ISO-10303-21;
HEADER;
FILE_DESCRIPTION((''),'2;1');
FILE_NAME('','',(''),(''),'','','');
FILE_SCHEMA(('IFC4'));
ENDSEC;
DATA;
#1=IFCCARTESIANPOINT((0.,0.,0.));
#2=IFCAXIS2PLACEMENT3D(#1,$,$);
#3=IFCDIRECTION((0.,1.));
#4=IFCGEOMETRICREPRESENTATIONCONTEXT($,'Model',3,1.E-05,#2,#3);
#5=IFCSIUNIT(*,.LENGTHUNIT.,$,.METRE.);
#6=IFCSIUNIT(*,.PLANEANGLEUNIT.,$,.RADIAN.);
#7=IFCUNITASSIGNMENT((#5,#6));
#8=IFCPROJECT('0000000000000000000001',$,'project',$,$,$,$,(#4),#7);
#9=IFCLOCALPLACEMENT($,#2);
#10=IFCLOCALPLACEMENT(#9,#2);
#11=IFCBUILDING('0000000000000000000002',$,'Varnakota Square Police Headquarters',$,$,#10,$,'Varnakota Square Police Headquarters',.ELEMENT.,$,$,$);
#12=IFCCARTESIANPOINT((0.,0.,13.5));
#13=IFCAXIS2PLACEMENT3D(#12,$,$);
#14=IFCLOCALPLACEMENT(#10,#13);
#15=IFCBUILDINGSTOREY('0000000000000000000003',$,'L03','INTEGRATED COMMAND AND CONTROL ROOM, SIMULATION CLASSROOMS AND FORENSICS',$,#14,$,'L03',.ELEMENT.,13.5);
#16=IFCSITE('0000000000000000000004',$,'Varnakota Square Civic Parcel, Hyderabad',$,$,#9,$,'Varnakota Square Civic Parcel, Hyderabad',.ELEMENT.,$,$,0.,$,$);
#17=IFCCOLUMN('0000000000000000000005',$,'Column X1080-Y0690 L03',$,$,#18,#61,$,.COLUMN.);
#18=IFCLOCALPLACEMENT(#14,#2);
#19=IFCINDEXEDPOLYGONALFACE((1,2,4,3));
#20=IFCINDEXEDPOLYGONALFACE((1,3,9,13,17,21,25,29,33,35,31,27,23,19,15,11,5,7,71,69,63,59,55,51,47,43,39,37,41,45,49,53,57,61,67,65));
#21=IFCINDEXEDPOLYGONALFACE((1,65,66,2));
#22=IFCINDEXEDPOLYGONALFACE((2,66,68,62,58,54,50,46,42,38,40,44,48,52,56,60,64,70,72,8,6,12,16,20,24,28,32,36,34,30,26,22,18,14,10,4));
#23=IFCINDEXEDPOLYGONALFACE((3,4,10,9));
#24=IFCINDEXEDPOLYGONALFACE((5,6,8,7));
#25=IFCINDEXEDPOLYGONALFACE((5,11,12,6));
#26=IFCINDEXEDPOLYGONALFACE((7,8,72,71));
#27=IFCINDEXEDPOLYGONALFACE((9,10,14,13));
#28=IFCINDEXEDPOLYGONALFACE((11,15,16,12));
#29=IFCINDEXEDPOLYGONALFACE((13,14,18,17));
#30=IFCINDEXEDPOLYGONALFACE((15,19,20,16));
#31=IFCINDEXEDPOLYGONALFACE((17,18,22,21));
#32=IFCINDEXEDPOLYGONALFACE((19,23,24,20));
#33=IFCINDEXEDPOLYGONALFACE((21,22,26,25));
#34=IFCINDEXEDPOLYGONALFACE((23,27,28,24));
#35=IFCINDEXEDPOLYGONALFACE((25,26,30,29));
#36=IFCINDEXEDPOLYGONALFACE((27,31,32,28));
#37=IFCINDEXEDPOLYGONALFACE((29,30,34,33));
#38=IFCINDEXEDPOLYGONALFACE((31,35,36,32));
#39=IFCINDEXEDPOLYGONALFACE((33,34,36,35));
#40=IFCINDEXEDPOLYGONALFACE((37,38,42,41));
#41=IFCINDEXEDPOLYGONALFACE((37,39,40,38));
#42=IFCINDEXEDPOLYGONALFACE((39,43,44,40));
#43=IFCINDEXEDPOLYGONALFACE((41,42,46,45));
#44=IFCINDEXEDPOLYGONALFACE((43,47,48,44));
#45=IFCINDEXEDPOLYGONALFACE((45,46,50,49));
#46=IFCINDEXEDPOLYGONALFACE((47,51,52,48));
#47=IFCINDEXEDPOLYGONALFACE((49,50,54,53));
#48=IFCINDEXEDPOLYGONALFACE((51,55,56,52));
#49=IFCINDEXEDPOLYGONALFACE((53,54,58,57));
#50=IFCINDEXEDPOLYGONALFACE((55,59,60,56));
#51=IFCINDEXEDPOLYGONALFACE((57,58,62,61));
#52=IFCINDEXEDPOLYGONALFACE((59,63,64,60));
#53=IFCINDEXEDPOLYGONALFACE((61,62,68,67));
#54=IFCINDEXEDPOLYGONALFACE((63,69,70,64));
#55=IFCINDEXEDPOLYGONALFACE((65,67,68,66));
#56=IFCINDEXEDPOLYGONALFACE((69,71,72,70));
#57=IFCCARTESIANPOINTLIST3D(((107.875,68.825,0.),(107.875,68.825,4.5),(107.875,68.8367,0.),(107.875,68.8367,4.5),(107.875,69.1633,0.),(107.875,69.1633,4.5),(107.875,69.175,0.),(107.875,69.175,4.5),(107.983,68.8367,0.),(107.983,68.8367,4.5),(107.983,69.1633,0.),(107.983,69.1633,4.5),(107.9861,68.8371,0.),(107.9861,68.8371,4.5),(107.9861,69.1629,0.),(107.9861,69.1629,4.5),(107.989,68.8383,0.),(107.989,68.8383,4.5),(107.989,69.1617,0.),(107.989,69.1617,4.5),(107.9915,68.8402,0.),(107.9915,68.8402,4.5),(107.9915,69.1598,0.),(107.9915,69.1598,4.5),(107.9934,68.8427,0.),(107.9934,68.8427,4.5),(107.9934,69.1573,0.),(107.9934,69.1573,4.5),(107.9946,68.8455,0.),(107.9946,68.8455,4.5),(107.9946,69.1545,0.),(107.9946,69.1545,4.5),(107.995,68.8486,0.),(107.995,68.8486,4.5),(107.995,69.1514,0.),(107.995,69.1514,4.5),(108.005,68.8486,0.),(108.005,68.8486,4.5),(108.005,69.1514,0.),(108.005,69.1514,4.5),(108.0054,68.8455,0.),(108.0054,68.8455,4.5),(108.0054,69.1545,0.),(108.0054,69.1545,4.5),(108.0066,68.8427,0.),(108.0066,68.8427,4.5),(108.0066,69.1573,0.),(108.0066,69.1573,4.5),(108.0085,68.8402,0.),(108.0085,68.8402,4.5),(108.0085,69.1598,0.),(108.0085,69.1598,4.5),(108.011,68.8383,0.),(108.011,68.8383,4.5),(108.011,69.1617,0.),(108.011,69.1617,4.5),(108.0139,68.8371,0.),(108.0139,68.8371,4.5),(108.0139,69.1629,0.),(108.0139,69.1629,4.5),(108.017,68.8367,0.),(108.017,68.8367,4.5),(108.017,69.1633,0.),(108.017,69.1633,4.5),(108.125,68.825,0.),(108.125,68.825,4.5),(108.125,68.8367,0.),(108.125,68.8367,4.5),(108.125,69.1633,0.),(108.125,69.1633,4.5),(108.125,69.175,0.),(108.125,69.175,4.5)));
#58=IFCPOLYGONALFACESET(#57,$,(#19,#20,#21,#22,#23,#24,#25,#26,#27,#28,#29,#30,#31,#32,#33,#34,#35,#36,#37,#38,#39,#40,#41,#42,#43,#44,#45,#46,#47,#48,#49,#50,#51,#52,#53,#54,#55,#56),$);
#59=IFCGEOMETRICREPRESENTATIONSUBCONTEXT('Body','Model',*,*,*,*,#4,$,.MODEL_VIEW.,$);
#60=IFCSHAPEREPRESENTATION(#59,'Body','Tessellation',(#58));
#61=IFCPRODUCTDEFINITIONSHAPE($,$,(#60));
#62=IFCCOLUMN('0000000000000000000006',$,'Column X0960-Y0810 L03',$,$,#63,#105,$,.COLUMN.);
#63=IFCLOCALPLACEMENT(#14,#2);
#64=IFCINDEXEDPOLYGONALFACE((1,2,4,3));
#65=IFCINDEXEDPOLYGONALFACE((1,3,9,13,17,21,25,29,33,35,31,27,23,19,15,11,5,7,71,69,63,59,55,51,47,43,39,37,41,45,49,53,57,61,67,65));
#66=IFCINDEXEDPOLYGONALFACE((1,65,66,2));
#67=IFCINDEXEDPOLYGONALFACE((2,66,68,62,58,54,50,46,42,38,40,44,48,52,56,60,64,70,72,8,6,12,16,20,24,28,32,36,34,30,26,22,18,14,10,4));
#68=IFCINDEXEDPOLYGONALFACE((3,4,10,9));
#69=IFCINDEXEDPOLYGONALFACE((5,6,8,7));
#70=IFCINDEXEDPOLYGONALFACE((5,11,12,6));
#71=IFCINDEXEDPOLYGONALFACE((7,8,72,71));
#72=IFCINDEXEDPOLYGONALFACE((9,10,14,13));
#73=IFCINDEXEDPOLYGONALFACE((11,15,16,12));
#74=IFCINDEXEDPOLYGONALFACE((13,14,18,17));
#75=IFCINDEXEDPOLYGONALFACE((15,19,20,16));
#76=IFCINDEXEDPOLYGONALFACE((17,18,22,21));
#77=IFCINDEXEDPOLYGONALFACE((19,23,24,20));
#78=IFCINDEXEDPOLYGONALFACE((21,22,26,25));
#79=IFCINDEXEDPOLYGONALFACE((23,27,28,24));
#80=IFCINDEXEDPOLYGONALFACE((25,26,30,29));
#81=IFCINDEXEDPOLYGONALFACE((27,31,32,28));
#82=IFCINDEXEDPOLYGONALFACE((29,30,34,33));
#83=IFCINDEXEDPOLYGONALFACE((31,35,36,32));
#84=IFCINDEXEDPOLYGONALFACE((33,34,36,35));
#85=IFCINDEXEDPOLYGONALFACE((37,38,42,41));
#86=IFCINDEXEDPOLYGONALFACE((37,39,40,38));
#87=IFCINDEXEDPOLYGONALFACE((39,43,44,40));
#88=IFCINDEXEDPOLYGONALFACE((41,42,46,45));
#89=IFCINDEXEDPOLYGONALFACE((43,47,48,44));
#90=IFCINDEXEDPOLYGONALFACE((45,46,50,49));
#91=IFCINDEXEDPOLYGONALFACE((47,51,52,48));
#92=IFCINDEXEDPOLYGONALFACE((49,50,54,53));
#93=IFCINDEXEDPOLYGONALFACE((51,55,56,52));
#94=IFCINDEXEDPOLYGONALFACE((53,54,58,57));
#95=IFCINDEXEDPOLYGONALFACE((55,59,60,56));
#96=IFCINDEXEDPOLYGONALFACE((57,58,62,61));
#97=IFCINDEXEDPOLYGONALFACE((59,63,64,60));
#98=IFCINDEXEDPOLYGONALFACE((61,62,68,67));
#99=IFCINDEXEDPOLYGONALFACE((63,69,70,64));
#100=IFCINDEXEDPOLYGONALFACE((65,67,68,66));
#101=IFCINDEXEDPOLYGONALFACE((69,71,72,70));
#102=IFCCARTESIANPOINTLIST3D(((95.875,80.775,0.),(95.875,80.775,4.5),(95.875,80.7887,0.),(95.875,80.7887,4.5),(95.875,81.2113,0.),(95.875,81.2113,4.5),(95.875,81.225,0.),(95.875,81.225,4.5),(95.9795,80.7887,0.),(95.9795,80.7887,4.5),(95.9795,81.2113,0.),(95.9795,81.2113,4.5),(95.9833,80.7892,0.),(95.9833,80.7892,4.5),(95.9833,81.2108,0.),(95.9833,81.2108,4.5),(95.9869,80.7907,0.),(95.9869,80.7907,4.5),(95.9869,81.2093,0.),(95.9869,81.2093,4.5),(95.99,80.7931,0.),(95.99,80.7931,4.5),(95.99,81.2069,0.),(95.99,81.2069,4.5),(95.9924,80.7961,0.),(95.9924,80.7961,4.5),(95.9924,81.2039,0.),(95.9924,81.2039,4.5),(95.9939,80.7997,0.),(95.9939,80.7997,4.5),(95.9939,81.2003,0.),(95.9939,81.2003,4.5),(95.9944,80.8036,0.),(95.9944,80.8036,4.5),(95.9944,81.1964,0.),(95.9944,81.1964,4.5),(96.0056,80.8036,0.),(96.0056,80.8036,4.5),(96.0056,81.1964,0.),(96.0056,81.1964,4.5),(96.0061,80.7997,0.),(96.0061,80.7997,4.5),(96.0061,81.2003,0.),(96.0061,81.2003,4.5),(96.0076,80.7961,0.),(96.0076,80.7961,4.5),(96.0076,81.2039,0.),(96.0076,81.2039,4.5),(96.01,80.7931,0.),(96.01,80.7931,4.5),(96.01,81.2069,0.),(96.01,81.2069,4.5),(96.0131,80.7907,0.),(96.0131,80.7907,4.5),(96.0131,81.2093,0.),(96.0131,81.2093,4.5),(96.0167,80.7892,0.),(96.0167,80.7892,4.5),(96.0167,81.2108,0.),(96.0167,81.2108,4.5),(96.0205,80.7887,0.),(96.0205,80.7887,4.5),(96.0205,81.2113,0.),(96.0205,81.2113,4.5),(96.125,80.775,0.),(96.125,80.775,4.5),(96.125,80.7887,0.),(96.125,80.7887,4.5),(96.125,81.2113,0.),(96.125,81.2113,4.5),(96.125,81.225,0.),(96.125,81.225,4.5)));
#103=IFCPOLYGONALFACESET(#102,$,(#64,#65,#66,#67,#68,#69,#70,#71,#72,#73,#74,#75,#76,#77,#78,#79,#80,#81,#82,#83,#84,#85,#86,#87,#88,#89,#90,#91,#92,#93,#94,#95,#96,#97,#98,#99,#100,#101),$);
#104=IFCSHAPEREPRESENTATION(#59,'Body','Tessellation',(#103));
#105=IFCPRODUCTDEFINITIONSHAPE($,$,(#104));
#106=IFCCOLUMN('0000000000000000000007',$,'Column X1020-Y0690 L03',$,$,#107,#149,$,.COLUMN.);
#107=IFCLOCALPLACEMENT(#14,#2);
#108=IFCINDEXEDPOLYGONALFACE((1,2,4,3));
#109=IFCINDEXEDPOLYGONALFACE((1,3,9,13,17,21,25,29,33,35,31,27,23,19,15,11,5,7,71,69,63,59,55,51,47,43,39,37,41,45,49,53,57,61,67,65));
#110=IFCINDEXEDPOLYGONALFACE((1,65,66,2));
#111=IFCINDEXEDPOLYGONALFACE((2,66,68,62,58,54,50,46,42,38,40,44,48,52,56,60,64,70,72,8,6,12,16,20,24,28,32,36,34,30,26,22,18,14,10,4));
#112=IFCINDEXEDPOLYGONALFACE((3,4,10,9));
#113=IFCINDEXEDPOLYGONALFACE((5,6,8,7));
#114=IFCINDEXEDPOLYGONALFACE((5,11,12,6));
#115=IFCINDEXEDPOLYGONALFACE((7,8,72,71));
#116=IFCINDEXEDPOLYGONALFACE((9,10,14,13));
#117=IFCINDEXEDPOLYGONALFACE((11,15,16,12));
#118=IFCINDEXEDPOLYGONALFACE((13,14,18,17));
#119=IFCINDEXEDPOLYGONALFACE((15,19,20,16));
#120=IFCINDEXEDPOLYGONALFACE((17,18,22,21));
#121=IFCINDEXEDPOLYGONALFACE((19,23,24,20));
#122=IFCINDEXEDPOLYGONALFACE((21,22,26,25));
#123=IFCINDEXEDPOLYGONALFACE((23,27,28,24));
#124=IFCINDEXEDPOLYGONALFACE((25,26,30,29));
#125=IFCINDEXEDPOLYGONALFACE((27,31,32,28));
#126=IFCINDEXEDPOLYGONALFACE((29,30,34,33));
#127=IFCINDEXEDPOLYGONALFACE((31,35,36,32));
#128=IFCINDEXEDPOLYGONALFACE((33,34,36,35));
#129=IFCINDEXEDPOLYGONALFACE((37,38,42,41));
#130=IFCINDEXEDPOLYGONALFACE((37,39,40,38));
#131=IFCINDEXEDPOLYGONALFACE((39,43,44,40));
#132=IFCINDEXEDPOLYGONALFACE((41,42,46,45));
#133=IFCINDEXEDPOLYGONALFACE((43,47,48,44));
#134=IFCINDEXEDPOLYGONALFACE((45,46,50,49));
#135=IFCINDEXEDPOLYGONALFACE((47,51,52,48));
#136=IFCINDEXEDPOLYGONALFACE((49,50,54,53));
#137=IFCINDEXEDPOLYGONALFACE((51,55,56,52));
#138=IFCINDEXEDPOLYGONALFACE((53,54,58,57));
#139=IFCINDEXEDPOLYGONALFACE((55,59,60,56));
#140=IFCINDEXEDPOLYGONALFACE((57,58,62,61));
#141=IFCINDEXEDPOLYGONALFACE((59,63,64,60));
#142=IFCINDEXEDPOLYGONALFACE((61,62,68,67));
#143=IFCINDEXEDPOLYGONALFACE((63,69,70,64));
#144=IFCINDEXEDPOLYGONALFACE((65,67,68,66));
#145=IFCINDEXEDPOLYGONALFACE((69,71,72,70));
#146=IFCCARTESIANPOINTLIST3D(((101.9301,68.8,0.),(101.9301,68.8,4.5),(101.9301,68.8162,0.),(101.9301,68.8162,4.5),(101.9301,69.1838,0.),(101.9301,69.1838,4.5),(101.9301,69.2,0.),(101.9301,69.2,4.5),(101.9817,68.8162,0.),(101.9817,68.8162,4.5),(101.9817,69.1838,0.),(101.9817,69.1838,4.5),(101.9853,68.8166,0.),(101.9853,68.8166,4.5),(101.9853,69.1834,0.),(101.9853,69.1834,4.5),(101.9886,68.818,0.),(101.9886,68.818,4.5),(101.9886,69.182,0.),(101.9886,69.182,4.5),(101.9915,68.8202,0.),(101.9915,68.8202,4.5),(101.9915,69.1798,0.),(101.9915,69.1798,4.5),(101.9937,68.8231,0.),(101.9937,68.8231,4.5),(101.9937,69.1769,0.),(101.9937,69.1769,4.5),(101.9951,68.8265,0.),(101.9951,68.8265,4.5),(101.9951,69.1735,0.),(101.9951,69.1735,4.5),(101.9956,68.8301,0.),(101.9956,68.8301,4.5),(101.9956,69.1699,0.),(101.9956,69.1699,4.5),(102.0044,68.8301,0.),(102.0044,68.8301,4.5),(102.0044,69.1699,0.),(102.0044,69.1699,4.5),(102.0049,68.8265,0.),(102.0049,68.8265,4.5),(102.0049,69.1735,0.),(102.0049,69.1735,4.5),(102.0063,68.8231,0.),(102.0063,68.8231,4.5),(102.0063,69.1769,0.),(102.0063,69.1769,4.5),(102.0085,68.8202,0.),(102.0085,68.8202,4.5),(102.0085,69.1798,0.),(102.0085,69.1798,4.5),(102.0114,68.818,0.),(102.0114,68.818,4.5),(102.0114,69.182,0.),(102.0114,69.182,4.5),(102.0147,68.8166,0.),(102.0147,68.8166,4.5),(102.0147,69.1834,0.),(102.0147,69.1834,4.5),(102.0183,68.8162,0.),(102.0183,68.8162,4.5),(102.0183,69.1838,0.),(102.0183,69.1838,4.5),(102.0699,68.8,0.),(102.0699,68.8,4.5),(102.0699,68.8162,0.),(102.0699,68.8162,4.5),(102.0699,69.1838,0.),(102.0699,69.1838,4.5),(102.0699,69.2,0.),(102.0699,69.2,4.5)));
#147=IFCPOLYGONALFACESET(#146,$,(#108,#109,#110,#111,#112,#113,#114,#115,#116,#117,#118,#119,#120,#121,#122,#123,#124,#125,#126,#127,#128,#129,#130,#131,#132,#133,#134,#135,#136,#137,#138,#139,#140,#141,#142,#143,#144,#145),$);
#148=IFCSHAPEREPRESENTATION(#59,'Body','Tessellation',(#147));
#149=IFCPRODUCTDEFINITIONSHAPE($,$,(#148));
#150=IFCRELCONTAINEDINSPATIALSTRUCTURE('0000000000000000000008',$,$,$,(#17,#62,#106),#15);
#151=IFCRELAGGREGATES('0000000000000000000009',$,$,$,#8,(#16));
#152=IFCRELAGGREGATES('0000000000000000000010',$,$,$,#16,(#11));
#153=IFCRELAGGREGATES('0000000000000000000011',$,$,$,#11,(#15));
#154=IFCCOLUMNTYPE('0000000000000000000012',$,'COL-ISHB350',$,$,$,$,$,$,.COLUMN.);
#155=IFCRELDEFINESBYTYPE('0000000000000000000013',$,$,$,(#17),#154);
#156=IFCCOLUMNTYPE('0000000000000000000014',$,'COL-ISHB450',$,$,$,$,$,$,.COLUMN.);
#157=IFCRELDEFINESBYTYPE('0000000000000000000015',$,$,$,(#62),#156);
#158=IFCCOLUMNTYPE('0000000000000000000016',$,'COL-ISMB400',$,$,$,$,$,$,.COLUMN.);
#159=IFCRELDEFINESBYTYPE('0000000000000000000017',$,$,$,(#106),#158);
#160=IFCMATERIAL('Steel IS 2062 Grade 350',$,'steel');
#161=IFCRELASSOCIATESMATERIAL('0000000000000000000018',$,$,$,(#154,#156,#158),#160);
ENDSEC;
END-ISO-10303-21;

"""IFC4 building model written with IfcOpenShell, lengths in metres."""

from ifc_helpers import new_model, si_unit, direction, frame, origin, origin_2d, place, context, subcontext, project, spatial, i_section, extrude, material, material_profile, profile_set, type_object, element, save


model = new_model("IFC4")

# Units and contexts
model_context = context("Model", 3, precision=1e-05, world=origin(), true_north=direction((0.0, 1.0)))
body_context = subcontext(model_context, "Body", "Model", "MODEL_VIEW")
ifc_project = project(units=[si_unit("LENGTHUNIT", "METRE"), si_unit("PLANEANGLEUNIT", "RADIAN")], contexts=[model_context])

# Site, building, storey
site_placement = place(None, origin())
site = spatial("IfcSite", under=ifc_project, at=site_placement, Name="Varnakota Square Civic Parcel, Hyderabad", LongName="Varnakota Square Civic Parcel, Hyderabad", CompositionType="ELEMENT", RefElevation=0.0)
building_placement = place(site_placement, origin())
building = spatial("IfcBuilding", under=site, at=building_placement, Name="Varnakota Square Police Headquarters", LongName="Varnakota Square Police Headquarters", CompositionType="ELEMENT")
storey_placement = place(building_placement, frame((0.0, 0.0, 13.5)))
storey = spatial("IfcBuildingStorey", under=building, at=storey_placement, Name="L03", Description="INTEGRATED COMMAND AND CONTROL ROOM, SIMULATION CLASSROOMS AND FORENSICS", LongName="L03", CompositionType="ELEMENT", Elevation=13.5)

# Columns
ifc_material_1 = material(Name="Steel IS 2062 Grade 350", Category="steel")
ifc_material_profile_1 = material_profile(ifc_material_1, i_section(OverallWidth=0.25, OverallDepth=0.3501, WebThickness=0.01, FlangeThickness=0.0117, FilletRadius=0.012, at=origin_2d()), Name="ISHB 350")
ifc_profile_set_1 = profile_set([ifc_material_profile_1], Name="Steel IS 2062 Grade 350")
column_type_1 = type_object("IfcColumnType", Name="COL-ISHB350", PredefinedType="COLUMN", material=ifc_profile_set_1)
column_1_placement = place(storey_placement, frame((108.0, 69.0, 0.0), z_axis=(0.0, 0.0, 1.0), x_axis=(1.0, 0.0, 0.0)))
element("IfcColumn", 1, at=column_1_placement, inside=storey, type_object=column_type_1, Name="Column X1080-Y0690 L03", PredefinedType="COLUMN", context=body_context, shape_type="SweptSolid", body=[
    extrude(i_section(OverallWidth=0.25, OverallDepth=0.3501, WebThickness=0.01, FlangeThickness=0.0117, FilletRadius=0.012, at=origin_2d()), origin(), (0.0, 0.0, 1.0), 4.5),
])
ifc_material_profile_2 = material_profile(ifc_material_1, i_section(OverallWidth=0.25, OverallDepth=0.45, WebThickness=0.0112, FlangeThickness=0.0137, FilletRadius=0.0149, at=origin_2d()), Name="ISHB 450")
ifc_profile_set_2 = profile_set([ifc_material_profile_2], Name="Steel IS 2062 Grade 350")
column_type_2 = type_object("IfcColumnType", Name="COL-ISHB450", PredefinedType="COLUMN", material=ifc_profile_set_2)
column_2_placement = place(storey_placement, frame((96.0, 81.0, 0.0), z_axis=(0.0, 0.0, 1.0), x_axis=(1.0, 0.0, 0.0)))
element("IfcColumn", 2, at=column_2_placement, inside=storey, type_object=column_type_2, Name="Column X0960-Y0810 L03", PredefinedType="COLUMN", context=body_context, shape_type="SweptSolid", body=[
    extrude(i_section(OverallWidth=0.25, OverallDepth=0.45, WebThickness=0.0112, FlangeThickness=0.0137, FilletRadius=0.0149, at=origin_2d()), origin(), (0.0, 0.0, 1.0), 4.5),
])
ifc_material_profile_3 = material_profile(ifc_material_1, i_section(OverallWidth=0.1399, OverallDepth=0.3999, WebThickness=0.0088, FlangeThickness=0.0161, FilletRadius=0.0139, at=origin_2d()), Name="ISMB 400")
ifc_profile_set_3 = profile_set([ifc_material_profile_3], Name="Steel IS 2062 Grade 350")
column_type_3 = type_object("IfcColumnType", Name="COL-ISMB400", PredefinedType="COLUMN", material=ifc_profile_set_3)
column_3_placement = place(storey_placement, frame((102.0, 69.0, 0.0), z_axis=(0.0, 0.0, 1.0), x_axis=(1.0, 0.0, 0.0)))
element("IfcColumn", 3, at=column_3_placement, inside=storey, type_object=column_type_3, Name="Column X1020-Y0690 L03", PredefinedType="COLUMN", context=body_context, shape_type="SweptSolid", body=[
    extrude(i_section(OverallWidth=0.1399, OverallDepth=0.3999, WebThickness=0.0088, FlangeThickness=0.0161, FilletRadius=0.0139, at=origin_2d()), origin(), (0.0, 0.0, 1.0), 4.5),
])

save(model, "model.ifc")
